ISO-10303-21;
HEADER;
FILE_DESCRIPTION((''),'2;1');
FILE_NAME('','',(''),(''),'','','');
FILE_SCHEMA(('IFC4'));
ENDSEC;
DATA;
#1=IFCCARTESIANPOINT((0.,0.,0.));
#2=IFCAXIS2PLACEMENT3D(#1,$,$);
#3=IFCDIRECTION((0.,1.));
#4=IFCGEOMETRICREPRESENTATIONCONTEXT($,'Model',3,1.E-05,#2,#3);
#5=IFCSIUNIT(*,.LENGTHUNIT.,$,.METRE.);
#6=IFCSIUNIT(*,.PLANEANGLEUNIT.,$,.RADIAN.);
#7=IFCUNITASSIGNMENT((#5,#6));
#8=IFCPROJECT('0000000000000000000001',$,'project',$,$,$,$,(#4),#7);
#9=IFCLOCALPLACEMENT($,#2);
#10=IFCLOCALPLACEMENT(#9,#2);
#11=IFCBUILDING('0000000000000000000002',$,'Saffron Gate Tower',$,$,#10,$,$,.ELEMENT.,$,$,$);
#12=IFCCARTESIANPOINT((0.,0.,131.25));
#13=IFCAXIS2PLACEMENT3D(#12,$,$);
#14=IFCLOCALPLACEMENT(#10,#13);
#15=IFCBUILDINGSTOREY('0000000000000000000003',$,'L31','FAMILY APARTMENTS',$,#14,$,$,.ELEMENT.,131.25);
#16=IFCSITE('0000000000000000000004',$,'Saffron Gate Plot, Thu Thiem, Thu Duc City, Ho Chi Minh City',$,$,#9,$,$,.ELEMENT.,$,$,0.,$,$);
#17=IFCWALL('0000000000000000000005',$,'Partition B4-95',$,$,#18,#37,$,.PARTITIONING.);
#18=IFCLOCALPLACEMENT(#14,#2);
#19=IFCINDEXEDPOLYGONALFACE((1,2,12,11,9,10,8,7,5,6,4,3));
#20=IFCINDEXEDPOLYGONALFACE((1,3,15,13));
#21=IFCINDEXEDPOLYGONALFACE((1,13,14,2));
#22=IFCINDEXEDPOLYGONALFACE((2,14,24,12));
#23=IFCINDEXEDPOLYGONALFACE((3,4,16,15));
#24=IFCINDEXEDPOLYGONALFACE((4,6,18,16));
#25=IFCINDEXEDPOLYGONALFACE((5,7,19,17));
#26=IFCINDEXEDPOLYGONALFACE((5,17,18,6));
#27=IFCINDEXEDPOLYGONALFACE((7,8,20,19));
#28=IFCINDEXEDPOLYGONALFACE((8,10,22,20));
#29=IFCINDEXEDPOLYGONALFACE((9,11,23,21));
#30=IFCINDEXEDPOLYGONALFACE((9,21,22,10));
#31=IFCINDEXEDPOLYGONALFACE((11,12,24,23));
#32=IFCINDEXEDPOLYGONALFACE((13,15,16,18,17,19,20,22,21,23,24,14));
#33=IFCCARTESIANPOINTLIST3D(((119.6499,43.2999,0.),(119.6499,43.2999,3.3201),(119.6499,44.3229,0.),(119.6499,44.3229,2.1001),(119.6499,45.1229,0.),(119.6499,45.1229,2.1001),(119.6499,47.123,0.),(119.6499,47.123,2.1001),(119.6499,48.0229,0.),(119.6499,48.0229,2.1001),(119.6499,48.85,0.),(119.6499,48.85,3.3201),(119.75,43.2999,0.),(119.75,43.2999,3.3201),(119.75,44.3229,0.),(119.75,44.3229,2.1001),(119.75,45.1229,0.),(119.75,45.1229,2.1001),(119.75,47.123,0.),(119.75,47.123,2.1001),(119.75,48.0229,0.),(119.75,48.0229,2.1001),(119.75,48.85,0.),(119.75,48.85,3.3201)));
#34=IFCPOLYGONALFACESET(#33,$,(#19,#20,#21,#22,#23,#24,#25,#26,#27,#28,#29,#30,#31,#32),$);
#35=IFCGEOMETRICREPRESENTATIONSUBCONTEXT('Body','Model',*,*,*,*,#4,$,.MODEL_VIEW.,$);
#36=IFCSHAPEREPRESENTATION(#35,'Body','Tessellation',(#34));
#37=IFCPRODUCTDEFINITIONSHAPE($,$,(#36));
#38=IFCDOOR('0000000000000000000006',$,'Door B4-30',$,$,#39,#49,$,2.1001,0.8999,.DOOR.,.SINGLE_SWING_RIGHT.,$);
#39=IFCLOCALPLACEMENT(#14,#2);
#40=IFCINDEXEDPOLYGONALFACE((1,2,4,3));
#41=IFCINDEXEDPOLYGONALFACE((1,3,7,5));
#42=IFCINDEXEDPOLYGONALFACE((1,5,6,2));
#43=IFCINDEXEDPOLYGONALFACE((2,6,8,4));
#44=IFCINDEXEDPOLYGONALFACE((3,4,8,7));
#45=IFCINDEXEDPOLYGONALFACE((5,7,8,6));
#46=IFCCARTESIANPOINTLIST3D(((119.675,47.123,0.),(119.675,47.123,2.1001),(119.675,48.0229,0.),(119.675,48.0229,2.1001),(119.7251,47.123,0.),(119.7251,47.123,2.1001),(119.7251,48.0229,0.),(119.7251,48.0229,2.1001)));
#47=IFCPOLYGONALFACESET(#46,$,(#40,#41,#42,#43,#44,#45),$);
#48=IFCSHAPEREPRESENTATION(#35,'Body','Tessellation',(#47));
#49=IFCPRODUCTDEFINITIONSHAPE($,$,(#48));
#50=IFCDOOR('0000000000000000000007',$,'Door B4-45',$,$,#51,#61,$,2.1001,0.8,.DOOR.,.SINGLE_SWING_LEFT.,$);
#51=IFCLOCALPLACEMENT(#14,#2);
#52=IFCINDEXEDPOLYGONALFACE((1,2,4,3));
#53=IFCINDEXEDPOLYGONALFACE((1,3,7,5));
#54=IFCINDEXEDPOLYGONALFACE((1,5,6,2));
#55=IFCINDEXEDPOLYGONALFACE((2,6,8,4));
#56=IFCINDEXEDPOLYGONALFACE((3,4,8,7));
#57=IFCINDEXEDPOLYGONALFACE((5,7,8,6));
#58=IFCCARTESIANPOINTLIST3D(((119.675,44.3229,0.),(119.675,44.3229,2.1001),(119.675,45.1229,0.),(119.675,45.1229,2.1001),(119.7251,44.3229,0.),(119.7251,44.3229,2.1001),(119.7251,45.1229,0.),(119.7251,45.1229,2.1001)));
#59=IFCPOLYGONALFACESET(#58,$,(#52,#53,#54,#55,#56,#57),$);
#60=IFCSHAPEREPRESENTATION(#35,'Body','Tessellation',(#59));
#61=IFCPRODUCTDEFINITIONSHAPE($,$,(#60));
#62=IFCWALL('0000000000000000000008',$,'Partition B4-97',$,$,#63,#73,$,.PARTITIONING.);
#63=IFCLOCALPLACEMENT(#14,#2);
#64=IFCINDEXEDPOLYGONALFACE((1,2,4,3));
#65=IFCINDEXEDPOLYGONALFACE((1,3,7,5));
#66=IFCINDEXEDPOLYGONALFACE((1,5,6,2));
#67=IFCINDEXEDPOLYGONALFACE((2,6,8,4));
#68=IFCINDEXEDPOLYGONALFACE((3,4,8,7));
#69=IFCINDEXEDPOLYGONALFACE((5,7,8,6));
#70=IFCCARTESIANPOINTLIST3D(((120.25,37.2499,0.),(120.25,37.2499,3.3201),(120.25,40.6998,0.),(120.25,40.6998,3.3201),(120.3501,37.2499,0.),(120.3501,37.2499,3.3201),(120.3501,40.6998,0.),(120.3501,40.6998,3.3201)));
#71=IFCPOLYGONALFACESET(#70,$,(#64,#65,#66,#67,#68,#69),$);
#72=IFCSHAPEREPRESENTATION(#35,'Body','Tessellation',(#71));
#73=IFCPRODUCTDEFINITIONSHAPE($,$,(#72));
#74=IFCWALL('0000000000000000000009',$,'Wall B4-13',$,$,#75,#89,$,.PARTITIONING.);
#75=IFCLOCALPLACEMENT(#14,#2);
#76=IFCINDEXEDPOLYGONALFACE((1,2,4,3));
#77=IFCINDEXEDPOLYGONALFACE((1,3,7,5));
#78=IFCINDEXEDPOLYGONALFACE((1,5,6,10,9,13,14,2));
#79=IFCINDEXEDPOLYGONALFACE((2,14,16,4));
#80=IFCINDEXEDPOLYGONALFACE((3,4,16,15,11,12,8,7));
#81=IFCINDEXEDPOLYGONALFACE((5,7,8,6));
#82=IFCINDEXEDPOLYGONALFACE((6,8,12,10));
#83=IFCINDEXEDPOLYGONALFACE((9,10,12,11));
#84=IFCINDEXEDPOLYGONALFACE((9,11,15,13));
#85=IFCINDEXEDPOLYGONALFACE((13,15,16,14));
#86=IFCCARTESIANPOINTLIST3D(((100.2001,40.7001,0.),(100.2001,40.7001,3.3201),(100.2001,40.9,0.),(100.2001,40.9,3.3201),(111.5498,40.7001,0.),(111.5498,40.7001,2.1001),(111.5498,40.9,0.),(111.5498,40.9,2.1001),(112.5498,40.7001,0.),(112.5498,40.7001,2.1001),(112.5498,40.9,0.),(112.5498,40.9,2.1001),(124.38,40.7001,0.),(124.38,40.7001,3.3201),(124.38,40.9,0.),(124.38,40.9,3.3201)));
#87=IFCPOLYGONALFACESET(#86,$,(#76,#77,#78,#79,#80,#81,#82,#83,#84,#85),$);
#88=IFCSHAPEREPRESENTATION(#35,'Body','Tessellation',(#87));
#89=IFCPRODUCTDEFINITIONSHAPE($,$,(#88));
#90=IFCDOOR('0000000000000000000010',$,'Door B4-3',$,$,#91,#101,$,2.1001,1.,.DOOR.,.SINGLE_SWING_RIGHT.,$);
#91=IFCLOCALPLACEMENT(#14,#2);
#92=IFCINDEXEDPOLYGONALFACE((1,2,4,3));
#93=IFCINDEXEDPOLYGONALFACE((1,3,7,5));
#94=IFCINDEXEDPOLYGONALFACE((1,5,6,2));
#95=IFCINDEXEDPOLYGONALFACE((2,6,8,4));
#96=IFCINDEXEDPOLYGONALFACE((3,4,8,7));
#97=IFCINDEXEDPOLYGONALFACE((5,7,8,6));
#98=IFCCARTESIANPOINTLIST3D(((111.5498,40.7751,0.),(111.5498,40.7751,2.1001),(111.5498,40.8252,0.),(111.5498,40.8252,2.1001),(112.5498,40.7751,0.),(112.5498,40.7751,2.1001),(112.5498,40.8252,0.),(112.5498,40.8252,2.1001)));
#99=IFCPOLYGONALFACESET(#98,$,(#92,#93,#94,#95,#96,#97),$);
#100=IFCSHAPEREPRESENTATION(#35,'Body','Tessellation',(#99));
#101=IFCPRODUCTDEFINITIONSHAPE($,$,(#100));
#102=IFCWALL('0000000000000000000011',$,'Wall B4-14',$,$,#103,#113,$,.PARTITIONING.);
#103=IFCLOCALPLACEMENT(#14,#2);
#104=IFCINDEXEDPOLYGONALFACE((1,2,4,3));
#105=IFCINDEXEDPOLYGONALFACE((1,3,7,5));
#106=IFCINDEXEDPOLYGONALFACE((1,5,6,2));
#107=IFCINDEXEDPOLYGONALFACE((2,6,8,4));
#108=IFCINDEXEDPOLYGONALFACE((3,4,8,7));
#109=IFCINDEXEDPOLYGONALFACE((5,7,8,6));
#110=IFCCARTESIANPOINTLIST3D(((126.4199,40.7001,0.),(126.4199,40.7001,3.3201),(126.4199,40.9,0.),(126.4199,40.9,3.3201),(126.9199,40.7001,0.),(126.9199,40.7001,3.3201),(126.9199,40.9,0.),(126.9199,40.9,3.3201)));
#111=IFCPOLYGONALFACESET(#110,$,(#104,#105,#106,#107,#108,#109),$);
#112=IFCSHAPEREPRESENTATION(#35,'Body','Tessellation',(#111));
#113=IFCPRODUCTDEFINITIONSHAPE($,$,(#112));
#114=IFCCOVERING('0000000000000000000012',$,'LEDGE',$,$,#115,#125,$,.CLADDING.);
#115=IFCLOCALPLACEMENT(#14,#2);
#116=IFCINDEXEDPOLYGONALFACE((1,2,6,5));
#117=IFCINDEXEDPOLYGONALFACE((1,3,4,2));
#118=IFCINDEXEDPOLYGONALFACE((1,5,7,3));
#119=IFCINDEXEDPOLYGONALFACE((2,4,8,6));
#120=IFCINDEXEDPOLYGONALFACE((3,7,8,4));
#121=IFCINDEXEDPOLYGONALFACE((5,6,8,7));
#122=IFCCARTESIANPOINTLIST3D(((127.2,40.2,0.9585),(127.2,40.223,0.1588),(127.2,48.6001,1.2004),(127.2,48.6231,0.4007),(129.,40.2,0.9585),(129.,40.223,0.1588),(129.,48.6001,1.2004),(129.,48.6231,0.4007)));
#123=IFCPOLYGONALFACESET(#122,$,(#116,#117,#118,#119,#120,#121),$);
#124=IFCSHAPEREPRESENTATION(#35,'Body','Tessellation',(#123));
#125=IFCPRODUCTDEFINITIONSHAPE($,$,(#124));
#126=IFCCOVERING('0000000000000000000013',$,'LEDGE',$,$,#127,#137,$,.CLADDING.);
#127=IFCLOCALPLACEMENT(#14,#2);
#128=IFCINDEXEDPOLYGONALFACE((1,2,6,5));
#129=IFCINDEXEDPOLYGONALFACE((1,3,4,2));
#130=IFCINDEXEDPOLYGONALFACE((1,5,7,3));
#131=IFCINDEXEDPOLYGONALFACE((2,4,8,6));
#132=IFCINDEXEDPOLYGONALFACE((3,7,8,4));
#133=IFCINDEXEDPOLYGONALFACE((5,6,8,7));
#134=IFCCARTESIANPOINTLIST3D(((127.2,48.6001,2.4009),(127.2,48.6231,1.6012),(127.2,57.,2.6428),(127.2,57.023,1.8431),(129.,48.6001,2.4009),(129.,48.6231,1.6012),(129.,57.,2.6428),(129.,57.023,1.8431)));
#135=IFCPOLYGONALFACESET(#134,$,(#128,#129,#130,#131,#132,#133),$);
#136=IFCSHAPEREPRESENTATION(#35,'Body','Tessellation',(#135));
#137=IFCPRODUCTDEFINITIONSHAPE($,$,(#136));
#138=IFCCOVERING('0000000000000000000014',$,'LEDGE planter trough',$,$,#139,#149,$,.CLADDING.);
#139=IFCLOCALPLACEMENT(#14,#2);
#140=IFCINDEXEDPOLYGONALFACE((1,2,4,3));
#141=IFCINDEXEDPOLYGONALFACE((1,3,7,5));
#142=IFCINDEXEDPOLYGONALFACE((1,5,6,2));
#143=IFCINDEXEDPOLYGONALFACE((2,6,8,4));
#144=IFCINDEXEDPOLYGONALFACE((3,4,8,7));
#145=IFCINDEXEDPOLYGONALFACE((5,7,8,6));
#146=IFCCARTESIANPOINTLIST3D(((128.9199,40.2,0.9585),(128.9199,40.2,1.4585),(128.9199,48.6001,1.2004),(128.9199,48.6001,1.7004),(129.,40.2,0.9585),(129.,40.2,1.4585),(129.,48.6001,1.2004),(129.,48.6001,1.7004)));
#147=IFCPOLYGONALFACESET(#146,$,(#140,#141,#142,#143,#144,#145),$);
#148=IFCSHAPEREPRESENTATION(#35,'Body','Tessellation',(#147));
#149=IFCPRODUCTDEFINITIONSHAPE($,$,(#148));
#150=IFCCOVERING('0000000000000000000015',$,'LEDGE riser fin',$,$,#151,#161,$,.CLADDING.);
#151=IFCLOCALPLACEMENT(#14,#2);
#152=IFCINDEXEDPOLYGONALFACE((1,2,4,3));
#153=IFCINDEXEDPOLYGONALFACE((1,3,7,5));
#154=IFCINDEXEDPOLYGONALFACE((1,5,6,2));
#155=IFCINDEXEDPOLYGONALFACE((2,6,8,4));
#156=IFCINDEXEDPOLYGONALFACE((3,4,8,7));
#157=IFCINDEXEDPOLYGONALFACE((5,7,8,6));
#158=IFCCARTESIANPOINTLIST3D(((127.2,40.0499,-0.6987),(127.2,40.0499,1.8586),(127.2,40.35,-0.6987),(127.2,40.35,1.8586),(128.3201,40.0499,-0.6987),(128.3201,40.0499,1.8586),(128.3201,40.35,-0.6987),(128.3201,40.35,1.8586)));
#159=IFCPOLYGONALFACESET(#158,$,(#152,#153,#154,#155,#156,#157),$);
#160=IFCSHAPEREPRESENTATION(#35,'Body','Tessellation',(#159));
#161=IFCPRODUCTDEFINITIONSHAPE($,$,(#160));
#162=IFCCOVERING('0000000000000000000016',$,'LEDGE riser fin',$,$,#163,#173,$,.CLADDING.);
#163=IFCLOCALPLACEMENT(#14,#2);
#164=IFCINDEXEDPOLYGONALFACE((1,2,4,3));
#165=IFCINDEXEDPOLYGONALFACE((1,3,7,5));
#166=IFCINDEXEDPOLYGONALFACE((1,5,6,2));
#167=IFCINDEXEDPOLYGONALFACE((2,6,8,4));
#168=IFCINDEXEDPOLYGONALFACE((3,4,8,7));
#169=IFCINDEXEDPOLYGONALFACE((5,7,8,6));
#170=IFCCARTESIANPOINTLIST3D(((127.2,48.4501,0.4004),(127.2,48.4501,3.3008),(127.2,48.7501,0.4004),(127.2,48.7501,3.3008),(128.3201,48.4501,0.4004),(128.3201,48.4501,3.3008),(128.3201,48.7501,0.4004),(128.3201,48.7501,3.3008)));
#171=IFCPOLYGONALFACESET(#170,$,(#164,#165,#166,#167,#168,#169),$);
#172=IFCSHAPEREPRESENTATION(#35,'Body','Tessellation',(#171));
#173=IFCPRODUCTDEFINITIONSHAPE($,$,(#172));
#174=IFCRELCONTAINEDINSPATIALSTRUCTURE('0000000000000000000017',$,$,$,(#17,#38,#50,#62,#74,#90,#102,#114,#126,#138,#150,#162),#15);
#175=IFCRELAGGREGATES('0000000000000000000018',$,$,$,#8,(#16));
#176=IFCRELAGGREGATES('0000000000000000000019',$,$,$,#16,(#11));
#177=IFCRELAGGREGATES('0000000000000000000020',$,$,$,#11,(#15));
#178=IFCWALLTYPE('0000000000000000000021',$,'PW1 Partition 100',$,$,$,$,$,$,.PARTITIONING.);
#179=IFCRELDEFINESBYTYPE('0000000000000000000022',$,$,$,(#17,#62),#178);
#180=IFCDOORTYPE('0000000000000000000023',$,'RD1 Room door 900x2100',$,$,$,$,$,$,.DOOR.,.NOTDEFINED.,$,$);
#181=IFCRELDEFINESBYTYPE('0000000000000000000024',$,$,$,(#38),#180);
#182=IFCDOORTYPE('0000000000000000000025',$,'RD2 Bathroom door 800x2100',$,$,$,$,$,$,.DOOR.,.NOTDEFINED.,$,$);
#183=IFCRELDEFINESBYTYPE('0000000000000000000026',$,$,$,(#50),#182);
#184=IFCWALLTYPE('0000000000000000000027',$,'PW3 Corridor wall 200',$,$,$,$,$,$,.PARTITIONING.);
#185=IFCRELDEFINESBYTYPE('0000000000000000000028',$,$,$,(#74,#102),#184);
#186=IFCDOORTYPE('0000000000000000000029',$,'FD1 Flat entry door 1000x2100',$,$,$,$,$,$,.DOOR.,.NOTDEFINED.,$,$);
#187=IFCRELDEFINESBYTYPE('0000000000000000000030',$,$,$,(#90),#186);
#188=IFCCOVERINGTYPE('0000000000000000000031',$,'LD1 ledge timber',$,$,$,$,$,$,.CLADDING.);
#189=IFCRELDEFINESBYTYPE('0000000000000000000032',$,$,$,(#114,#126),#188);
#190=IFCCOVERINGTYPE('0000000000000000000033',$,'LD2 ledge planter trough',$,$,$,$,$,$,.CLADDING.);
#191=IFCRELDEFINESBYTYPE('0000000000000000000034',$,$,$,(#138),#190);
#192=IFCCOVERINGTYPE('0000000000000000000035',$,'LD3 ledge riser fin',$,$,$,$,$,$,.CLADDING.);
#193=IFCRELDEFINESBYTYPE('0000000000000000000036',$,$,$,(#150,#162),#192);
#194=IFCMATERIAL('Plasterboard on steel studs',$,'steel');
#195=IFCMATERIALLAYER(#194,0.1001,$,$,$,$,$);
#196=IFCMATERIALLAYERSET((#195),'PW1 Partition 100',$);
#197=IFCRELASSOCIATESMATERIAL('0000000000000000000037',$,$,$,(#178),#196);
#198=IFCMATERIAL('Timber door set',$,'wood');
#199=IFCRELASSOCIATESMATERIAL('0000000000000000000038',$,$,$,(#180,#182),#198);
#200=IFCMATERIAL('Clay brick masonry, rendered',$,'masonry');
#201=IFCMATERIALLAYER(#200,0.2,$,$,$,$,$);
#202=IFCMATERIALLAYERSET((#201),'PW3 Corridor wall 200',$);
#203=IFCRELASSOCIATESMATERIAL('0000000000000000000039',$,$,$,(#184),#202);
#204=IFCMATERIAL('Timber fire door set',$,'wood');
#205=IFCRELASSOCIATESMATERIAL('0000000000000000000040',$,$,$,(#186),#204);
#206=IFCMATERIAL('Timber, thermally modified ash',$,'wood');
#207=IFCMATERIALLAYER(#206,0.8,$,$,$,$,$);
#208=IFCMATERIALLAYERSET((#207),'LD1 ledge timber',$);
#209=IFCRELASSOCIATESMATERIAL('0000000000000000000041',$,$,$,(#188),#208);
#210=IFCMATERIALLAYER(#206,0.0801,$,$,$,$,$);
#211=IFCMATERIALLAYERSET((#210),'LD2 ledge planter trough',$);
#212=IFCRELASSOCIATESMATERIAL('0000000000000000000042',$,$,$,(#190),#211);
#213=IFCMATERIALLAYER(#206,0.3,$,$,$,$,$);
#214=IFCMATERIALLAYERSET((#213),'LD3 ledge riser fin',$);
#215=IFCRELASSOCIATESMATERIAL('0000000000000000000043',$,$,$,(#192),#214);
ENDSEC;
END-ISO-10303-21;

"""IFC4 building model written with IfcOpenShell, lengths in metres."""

from ifc_helpers import new_model, si_unit, direction, frame, frame_2d, origin, origin_2d, place, context, subcontext, project, spatial, polyline, rectangle, outline, extrude, material, layer, layer_set, type_object, element, fill, save


model = new_model("IFC4")

# Units and contexts
model_context = context("Model", 3, precision=1e-05, world=origin(), true_north=direction((0.0, 1.0)))
body_context = subcontext(model_context, "Body", "Model", "MODEL_VIEW")
ifc_project = project(units=[si_unit("LENGTHUNIT", "METRE"), si_unit("PLANEANGLEUNIT", "RADIAN")], contexts=[model_context])

# Site, building, storey
site_placement = place(None, origin())
site = spatial("IfcSite", under=ifc_project, at=site_placement, Name="Saffron Gate Plot, Thu Thiem, Thu Duc City, Ho Chi Minh City", CompositionType="ELEMENT", RefElevation=0.0)
building_placement = place(site_placement, origin())
building = spatial("IfcBuilding", under=site, at=building_placement, Name="Saffron Gate Tower", CompositionType="ELEMENT")
storey_placement = place(building_placement, frame((0.0, 0.0, 131.25)))
storey = spatial("IfcBuildingStorey", under=building, at=storey_placement, Name="L31", Description="FAMILY APARTMENTS", CompositionType="ELEMENT", Elevation=131.25)

# Shared definitions
ifc_material_1 = material(Name="Plasterboard on steel studs", Category="steel")
ifc_layer_1 = layer(ifc_material_1, 0.1001)
ifc_layer_set_1 = layer_set([ifc_layer_1], Name="PW1 Partition 100")
wall_type_1 = type_object("IfcWallType", Name="PW1 Partition 100", PredefinedType="PARTITIONING", material=ifc_layer_set_1)

# Wall, openings, doors
wall_1_placement = place(storey_placement, frame((119.7, 43.3, 0.0), z_axis=(0.0, 0.0, 1.0), x_axis=(0.0, 1.0, 0.0)))
wall_1 = element("IfcWall", 1, at=wall_1_placement, inside=storey, type_object=wall_type_1, Name="Partition B4-95", PredefinedType="PARTITIONING", context=body_context, shape_type="SweptSolid", body=[
    extrude(rectangle(XDim=5.55, YDim=0.1001, at=frame_2d((2.7749, 0.0))), origin(), (0.0, 0.0, 1.0), 3.3201),
])
opening_1_placement = place(wall_1_placement, frame((1.0229, 0.0, 0.0)))
opening_1 = element("IfcOpeningElement", 2, at=opening_1_placement, cuts=wall_1, PredefinedType="OPENING", context=body_context, shape_type="SweptSolid", body=[
    extrude(rectangle(XDim=0.8, YDim=2.1001, at=frame_2d((0.3999, 1.05))), frame((0.0, 0.0601, 0.0), z_axis=(0.0, -1.0, 0.0), x_axis=(1.0, 0.0, 0.0)), (0.0, 0.0, 1.0), 0.1201),
])
opening_2_placement = place(wall_1_placement, frame((3.823, 0.0, 0.0)))
opening_2 = element("IfcOpeningElement", 3, at=opening_2_placement, cuts=wall_1, PredefinedType="OPENING", context=body_context, shape_type="SweptSolid", body=[
    extrude(rectangle(XDim=0.8999, YDim=2.1001, at=frame_2d((0.45, 1.05))), frame((0.0, 0.0601, 0.0), z_axis=(0.0, -1.0, 0.0), x_axis=(1.0, 0.0, 0.0)), (0.0, 0.0, 1.0), 0.1201),
])
ifc_material_2 = material(Name="Timber door set", Category="wood")
door_type_1 = type_object("IfcDoorType", Name="RD1 Room door 900x2100", OperationType="NOTDEFINED", PredefinedType="DOOR", material=ifc_material_2)
door_1_placement = place(opening_2_placement, origin())
door_1 = element("IfcDoor", 4, at=door_1_placement, inside=storey, type_object=door_type_1, Name="Door B4-30", OperationType="SINGLE_SWING_RIGHT", OverallHeight=2.1001, OverallWidth=0.8999, PredefinedType="DOOR", context=body_context, shape_type="SweptSolid", body=[
    extrude(rectangle(XDim=0.8999, YDim=2.1001, at=frame_2d((0.45, 1.05))), frame((0.0, 0.0249, 0.0), z_axis=(0.0, -1.0, 0.0), x_axis=(1.0, 0.0, 0.0)), (0.0, 0.0, 1.0), 0.05),
])
fill(opening_2, door_1)
door_type_2 = type_object("IfcDoorType", Name="RD2 Bathroom door 800x2100", OperationType="NOTDEFINED", PredefinedType="DOOR", material=ifc_material_2)
door_2_placement = place(opening_1_placement, origin())
door_2 = element("IfcDoor", 5, at=door_2_placement, inside=storey, type_object=door_type_2, Name="Door B4-45", OperationType="SINGLE_SWING_LEFT", OverallHeight=2.1001, OverallWidth=0.8, PredefinedType="DOOR", context=body_context, shape_type="SweptSolid", body=[
    extrude(rectangle(XDim=0.8, YDim=2.1001, at=frame_2d((0.3999, 1.05))), frame((0.0, 0.0249, 0.0), z_axis=(0.0, -1.0, 0.0), x_axis=(1.0, 0.0, 0.0)), (0.0, 0.0, 1.0), 0.05),
])
fill(opening_1, door_2)

# Wall
wall_2_placement = place(storey_placement, frame((120.3, 40.7, 0.0), z_axis=(0.0, 0.0, 1.0), x_axis=(0.0, -1.0, 0.0)))
element("IfcWall", 6, at=wall_2_placement, inside=storey, type_object=wall_type_1, Name="Partition B4-97", PredefinedType="PARTITIONING", context=body_context, shape_type="SweptSolid", body=[
    extrude(rectangle(XDim=3.45, YDim=0.1001, at=frame_2d((1.7251, 0.0))), origin(), (0.0, 0.0, 1.0), 3.3201),
])

# Wall, opening, door
ifc_material_3 = material(Name="Clay brick masonry, rendered", Category="masonry")
ifc_layer_2 = layer(ifc_material_3, 0.2)
ifc_layer_set_2 = layer_set([ifc_layer_2], Name="PW3 Corridor wall 200")
wall_type_2 = type_object("IfcWallType", Name="PW3 Corridor wall 200", PredefinedType="PARTITIONING", material=ifc_layer_set_2)
wall_3_placement = place(storey_placement, frame((124.3799, 40.8, 0.0), z_axis=(0.0, 0.0, 1.0), x_axis=(-1.0, 0.0, 0.0)))
wall_3 = element("IfcWall", 7, at=wall_3_placement, inside=storey, type_object=wall_type_2, Name="Wall B4-13", PredefinedType="PARTITIONING", context=body_context, shape_type="SweptSolid", body=[
    extrude(rectangle(XDim=24.1799, YDim=0.2, at=frame_2d((12.0898, 0.0))), origin(), (0.0, 0.0, 1.0), 3.3201),
])
opening_3_placement = place(wall_3_placement, frame((11.8301, 0.0, 0.0)))
opening_3 = element("IfcOpeningElement", 8, at=opening_3_placement, cuts=wall_3, PredefinedType="OPENING", context=body_context, shape_type="SweptSolid", body=[
    extrude(rectangle(XDim=1.0, YDim=2.1001, at=frame_2d((0.5, 1.05))), frame((0.0, 0.1099, 0.0), z_axis=(0.0, -1.0, 0.0), x_axis=(1.0, 0.0, 0.0)), (0.0, 0.0, 1.0), 0.22),
])
ifc_material_4 = material(Name="Timber fire door set", Category="wood")
door_type_3 = type_object("IfcDoorType", Name="FD1 Flat entry door 1000x2100", OperationType="NOTDEFINED", PredefinedType="DOOR", material=ifc_material_4)
door_3_placement = place(opening_3_placement, origin())
door_3 = element("IfcDoor", 9, at=door_3_placement, inside=storey, type_object=door_type_3, Name="Door B4-3", OperationType="SINGLE_SWING_RIGHT", OverallHeight=2.1001, OverallWidth=1.0, PredefinedType="DOOR", context=body_context, shape_type="SweptSolid", body=[
    extrude(rectangle(XDim=1.0, YDim=2.1001, at=frame_2d((0.5, 1.05))), frame((0.0, 0.0249, 0.0), z_axis=(0.0, -1.0, 0.0), x_axis=(1.0, 0.0, 0.0)), (0.0, 0.0, 1.0), 0.05),
])
fill(opening_3, door_3)

# Wall
wall_4_placement = place(storey_placement, frame((126.4199, 40.8, 0.0), z_axis=(0.0, 0.0, 1.0), x_axis=(1.0, 0.0, 0.0)))
element("IfcWall", 10, at=wall_4_placement, inside=storey, type_object=wall_type_2, Name="Wall B4-14", PredefinedType="PARTITIONING", context=body_context, shape_type="SweptSolid", body=[
    extrude(rectangle(XDim=0.5, YDim=0.2, at=frame_2d((0.25, 0.0))), origin(), (0.0, 0.0, 1.0), 3.3201),
])

# Coverings
ifc_material_5 = material(Name="Timber, thermally modified ash", Category="wood")
ifc_layer_3 = layer(ifc_material_5, 0.8)
ifc_layer_set_3 = layer_set([ifc_layer_3], Name="LD1 ledge timber")
covering_type_1 = type_object("IfcCoveringType", Name="LD1 ledge timber", PredefinedType="CLADDING", material=ifc_layer_set_3)
covering_1_placement = place(storey_placement, frame((127.2, 40.2, 0.9585), z_axis=(0.0, -0.02879, 0.999585), x_axis=(0.0, 0.999585, 0.02879)))
element("IfcCovering", 11, at=covering_1_placement, inside=storey, type_object=covering_type_1, Name="LEDGE", PredefinedType="CLADDING", context=body_context, shape_type="SweptSolid", body=[
    extrude(outline(polyline([(0.0, 0.0), (8.4036, 0.0), (8.4036, -1.8), (0.0, -1.8), (0.0, 0.0)])), origin(), (0.0, 0.0, -1.0), 0.8),
])
covering_2_placement = place(storey_placement, frame((127.2, 48.6001, 2.4009), z_axis=(0.0, -0.028791, 0.999585), x_axis=(0.0, 0.999585, 0.028791)))
element("IfcCovering", 12, at=covering_2_placement, inside=storey, type_object=covering_type_1, Name="LEDGE", PredefinedType="CLADDING", context=body_context, shape_type="SweptSolid", body=[
    extrude(outline(polyline([(0.0, 0.0), (8.4034, 0.0), (8.4034, -1.8), (0.0, -1.8), (0.0, 0.0)])), origin(), (0.0, 0.0, -1.0), 0.8),
])
ifc_layer_4 = layer(ifc_material_5, 0.0801)
ifc_layer_set_4 = layer_set([ifc_layer_4], Name="LD2 ledge planter trough")
covering_type_2 = type_object("IfcCoveringType", Name="LD2 ledge planter trough", PredefinedType="CLADDING", material=ifc_layer_set_4)
covering_3_placement = place(storey_placement, frame((129.0, 40.2, 0.9585), z_axis=(1.0, 0.0, 0.0), x_axis=(0.0, 0.999585, 0.02879)))
element("IfcCovering", 13, at=covering_3_placement, inside=storey, type_object=covering_type_2, Name="LEDGE planter trough", PredefinedType="CLADDING", context=body_context, shape_type="SweptSolid", body=[
    extrude(outline(polyline([(0.0, 0.0), (8.4036, 0.0), (8.418, 0.4998), (0.0144, 0.4998), (0.0, 0.0)])), origin(), (0.0, 0.0, -1.0), 0.0801),
])
ifc_layer_5 = layer(ifc_material_5, 0.3)
ifc_layer_set_5 = layer_set([ifc_layer_5], Name="LD3 ledge riser fin")
covering_type_3 = type_object("IfcCoveringType", Name="LD3 ledge riser fin", PredefinedType="CLADDING", material=ifc_layer_set_5)
covering_4_placement = place(storey_placement, frame((127.76, 40.2, -0.6987), z_axis=(0.0, 0.0, 1.0), x_axis=(0.0, 1.0, 0.0)))
element("IfcCovering", 14, at=covering_4_placement, inside=storey, type_object=covering_type_3, Name="LEDGE riser fin", PredefinedType="CLADDING", context=body_context, shape_type="SweptSolid", body=[
    extrude(rectangle(XDim=0.3, YDim=1.1201, at=origin_2d()), origin(), (0.0, 0.0, 1.0), 2.5574),
])
covering_5_placement = place(storey_placement, frame((127.76, 48.6001, 0.4004), z_axis=(0.0, 0.0, 1.0), x_axis=(0.0, 1.0, 0.0)))
element("IfcCovering", 15, at=covering_5_placement, inside=storey, type_object=covering_type_3, Name="LEDGE riser fin", PredefinedType="CLADDING", context=body_context, shape_type="SweptSolid", body=[
    extrude(rectangle(XDim=0.3, YDim=1.1201, at=origin_2d()), origin(), (0.0, 0.0, 1.0), 2.9004),
])

save(model, "model.ifc")
